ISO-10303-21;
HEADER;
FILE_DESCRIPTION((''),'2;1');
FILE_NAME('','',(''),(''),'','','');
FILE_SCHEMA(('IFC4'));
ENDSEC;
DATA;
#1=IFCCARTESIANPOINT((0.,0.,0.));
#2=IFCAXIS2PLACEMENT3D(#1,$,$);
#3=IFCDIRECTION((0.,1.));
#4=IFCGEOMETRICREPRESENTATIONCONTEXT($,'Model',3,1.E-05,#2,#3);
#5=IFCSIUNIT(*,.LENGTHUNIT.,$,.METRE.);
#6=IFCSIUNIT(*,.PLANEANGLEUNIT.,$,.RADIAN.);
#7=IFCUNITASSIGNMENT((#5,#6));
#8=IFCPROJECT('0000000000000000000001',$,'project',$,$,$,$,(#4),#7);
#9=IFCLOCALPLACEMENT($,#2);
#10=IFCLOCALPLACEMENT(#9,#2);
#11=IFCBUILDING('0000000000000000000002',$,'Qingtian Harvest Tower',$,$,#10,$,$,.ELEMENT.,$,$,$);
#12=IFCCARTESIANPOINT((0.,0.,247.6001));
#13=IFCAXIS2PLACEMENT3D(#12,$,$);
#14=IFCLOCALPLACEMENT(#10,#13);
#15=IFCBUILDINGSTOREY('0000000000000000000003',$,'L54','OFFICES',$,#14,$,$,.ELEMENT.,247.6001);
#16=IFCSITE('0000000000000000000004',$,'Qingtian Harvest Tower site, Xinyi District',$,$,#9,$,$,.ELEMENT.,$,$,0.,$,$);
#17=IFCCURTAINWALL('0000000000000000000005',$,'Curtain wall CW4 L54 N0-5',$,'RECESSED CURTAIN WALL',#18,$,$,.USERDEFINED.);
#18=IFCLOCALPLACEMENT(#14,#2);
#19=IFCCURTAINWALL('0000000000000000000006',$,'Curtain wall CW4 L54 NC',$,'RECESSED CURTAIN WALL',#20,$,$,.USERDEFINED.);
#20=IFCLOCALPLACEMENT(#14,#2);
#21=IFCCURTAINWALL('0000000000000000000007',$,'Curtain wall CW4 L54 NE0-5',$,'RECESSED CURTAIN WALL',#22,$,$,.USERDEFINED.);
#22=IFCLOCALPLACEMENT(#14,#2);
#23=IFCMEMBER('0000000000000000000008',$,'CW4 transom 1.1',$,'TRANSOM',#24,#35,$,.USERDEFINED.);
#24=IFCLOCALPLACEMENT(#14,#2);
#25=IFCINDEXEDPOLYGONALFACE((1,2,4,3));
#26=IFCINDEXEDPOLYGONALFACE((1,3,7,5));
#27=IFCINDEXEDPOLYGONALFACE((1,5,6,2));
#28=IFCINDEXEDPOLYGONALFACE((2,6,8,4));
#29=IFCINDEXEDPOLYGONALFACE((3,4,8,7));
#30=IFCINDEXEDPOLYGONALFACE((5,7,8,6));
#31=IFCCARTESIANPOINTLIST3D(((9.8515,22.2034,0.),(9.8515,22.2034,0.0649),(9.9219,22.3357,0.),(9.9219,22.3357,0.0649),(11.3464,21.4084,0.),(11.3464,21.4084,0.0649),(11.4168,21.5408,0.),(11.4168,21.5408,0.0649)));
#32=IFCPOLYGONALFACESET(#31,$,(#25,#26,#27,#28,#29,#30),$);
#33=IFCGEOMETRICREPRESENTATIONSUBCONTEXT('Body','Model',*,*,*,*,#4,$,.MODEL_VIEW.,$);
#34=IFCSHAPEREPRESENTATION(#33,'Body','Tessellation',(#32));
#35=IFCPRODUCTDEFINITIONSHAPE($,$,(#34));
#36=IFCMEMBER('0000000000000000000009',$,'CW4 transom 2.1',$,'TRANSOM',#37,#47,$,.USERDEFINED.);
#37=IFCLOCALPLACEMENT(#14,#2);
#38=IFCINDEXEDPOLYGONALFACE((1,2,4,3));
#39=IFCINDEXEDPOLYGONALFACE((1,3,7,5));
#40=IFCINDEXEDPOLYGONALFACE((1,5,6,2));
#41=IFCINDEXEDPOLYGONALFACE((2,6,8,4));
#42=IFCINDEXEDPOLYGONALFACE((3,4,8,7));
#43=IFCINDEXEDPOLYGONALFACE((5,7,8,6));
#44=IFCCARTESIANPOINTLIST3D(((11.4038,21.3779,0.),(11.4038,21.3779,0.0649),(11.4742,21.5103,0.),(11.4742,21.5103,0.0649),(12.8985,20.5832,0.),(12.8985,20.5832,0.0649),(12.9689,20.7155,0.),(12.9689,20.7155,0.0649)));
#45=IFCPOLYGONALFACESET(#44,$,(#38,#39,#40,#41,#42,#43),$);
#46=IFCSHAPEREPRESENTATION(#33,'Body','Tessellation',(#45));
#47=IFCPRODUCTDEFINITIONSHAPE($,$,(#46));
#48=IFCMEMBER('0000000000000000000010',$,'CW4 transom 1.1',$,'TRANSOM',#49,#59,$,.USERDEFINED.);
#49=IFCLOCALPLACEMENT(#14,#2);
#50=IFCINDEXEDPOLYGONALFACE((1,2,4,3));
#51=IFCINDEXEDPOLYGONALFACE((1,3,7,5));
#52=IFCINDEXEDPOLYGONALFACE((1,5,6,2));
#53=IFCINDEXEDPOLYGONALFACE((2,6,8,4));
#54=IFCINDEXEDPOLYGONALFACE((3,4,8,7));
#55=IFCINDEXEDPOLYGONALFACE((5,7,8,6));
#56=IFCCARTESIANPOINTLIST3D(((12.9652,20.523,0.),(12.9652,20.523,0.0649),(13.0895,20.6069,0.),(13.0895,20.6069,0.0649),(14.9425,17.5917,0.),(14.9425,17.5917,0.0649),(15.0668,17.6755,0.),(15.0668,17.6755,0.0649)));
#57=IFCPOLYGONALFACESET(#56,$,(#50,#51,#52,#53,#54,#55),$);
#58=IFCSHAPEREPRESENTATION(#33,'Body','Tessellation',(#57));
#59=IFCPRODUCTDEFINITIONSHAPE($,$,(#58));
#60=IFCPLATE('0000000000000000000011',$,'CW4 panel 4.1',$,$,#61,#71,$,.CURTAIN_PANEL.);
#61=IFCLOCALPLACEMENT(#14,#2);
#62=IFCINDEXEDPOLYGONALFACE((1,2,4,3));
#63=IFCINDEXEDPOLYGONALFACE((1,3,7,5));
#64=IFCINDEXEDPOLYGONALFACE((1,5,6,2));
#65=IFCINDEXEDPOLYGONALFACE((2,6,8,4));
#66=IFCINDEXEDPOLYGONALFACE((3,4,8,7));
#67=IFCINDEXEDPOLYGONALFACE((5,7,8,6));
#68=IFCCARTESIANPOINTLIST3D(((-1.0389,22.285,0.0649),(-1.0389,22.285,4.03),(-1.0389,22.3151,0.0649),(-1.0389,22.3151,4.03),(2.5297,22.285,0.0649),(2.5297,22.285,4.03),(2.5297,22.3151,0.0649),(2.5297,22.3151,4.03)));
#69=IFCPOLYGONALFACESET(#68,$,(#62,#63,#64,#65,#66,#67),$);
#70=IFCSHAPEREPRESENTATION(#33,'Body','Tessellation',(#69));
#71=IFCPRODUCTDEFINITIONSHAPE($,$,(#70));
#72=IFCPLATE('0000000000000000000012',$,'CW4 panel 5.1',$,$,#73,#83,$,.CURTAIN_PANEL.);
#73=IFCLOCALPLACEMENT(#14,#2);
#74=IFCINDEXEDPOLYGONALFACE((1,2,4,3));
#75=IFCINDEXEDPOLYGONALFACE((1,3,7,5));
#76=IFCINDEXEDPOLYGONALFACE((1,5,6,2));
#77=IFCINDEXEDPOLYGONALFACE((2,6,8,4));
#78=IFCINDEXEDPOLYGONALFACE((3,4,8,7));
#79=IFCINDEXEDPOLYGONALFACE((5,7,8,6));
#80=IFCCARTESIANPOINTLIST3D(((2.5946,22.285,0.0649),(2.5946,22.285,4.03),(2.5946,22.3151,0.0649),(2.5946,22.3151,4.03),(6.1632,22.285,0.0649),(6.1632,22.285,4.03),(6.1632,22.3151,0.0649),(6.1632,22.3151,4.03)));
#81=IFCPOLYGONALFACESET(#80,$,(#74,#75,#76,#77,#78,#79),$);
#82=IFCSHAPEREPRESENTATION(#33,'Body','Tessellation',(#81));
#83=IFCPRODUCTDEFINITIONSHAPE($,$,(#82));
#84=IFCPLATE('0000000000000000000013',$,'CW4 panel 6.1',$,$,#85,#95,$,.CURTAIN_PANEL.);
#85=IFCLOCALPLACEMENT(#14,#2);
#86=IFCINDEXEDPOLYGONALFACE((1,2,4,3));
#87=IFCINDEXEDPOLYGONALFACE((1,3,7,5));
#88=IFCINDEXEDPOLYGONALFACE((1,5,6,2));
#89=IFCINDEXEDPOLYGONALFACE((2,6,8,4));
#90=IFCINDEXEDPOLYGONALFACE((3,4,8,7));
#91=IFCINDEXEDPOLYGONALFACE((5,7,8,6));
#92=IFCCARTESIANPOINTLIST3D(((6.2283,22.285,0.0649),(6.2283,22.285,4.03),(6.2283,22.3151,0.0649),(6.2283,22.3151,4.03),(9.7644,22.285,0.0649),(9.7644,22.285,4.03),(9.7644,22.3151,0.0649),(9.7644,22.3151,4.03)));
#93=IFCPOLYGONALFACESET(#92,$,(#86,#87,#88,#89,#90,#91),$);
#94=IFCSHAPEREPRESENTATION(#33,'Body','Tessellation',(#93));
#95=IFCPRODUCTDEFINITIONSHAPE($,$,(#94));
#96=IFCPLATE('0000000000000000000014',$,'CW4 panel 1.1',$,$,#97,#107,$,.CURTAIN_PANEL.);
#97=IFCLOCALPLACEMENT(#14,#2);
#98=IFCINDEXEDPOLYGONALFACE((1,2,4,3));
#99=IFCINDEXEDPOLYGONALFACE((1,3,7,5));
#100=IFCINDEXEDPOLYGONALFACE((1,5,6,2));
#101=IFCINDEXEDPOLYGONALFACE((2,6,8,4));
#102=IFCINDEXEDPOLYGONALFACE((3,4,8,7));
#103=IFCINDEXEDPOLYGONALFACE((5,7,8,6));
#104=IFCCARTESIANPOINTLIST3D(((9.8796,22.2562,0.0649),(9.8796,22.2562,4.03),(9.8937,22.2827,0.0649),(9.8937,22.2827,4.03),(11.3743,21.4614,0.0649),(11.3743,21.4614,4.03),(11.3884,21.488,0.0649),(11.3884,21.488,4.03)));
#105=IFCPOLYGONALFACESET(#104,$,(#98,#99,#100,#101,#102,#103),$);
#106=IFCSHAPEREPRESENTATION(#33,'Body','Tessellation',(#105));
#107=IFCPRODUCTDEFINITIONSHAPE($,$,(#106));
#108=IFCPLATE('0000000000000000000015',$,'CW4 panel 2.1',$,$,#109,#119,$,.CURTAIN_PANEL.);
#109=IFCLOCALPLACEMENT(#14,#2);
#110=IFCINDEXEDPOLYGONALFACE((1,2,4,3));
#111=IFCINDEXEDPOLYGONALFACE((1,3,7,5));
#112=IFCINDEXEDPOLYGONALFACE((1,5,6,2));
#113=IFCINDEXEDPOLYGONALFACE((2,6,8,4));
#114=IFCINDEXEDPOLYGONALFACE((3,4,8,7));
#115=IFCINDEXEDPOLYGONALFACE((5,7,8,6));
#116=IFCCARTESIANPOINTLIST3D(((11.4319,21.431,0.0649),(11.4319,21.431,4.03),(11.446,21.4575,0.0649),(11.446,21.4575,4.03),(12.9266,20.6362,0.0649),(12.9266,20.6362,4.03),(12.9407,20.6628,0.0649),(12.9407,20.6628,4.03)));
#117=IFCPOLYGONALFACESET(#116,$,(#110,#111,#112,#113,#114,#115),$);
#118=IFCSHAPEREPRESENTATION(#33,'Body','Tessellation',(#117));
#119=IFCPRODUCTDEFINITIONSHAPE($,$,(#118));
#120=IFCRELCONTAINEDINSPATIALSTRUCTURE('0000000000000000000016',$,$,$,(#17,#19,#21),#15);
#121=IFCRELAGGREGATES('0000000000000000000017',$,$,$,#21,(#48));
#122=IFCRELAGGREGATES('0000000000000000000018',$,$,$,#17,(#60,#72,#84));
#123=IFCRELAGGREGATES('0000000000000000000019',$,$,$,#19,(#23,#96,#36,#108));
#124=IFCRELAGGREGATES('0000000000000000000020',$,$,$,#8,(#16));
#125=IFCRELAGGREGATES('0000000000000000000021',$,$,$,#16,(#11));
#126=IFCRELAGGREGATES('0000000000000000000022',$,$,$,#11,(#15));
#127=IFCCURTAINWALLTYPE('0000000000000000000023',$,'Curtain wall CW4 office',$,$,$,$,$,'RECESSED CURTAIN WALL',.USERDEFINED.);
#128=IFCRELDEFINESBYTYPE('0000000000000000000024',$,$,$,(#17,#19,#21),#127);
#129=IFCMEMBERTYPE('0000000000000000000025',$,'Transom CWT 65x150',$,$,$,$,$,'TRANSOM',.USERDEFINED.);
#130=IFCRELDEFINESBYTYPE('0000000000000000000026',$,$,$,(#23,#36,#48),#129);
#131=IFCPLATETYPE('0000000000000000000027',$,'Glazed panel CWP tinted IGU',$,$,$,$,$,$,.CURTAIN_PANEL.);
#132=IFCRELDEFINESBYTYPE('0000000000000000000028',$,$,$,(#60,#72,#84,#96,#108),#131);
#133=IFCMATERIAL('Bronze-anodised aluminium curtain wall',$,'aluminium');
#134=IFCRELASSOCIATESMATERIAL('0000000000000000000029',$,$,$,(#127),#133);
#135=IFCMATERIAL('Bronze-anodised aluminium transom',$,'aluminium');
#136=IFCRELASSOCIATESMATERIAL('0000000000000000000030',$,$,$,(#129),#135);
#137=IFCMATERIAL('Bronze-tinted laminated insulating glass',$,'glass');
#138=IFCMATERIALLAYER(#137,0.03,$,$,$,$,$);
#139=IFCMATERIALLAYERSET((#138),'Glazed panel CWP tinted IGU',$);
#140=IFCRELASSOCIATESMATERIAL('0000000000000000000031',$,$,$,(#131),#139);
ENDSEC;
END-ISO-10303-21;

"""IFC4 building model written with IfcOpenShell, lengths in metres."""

from ifc_helpers import new_model, si_unit, direction, frame, origin, origin_2d, place, context, subcontext, project, spatial, rectangle, extrude, material, layer, layer_set, material_profile, profile_set, type_object, element, aggregate, save


model = new_model("IFC4")

# Units and contexts
model_context = context("Model", 3, precision=1e-05, world=origin(), true_north=direction((0.0, 1.0)))
body_context = subcontext(model_context, "Body", "Model", "MODEL_VIEW")
ifc_project = project(units=[si_unit("LENGTHUNIT", "METRE"), si_unit("PLANEANGLEUNIT", "RADIAN")], contexts=[model_context])

# Site, building, storey
site_placement = place(None, origin())
site = spatial("IfcSite", under=ifc_project, at=site_placement, Name="Qingtian Harvest Tower site, Xinyi District", CompositionType="ELEMENT", RefElevation=0.0)
building_placement = place(site_placement, origin())
building = spatial("IfcBuilding", under=site, at=building_placement, Name="Qingtian Harvest Tower", CompositionType="ELEMENT")
storey_placement = place(building_placement, frame((0.0, 0.0, 247.6001)))
storey = spatial("IfcBuildingStorey", under=building, at=storey_placement, Name="L54", Description="OFFICES", CompositionType="ELEMENT", Elevation=247.6001)

# Curtain walls
ifc_material_1 = material(Name="Bronze-anodised aluminium curtain wall", Category="aluminium")
curtain_wall_type = type_object("IfcCurtainWallType", Name="Curtain wall CW4 office", ElementType="RECESSED CURTAIN WALL", PredefinedType="USERDEFINED", material=ifc_material_1)
curtain_wall_1_placement = place(storey_placement, origin())
curtain_wall_1 = element("IfcCurtainWall", 1, at=curtain_wall_1_placement, inside=storey, type_object=curtain_wall_type, Name="Curtain wall CW4 L54 N0-5", ObjectType="RECESSED CURTAIN WALL", PredefinedType="USERDEFINED")
curtain_wall_2_placement = place(storey_placement, origin())
curtain_wall_2 = element("IfcCurtainWall", 2, at=curtain_wall_2_placement, inside=storey, type_object=curtain_wall_type, Name="Curtain wall CW4 L54 NC", ObjectType="RECESSED CURTAIN WALL", PredefinedType="USERDEFINED")

# Curtain wall
curtain_wall_3_placement = place(storey_placement, origin())
curtain_wall_3 = element("IfcCurtainWall", 3, at=curtain_wall_3_placement, inside=storey, type_object=curtain_wall_type, Name="Curtain wall CW4 L54 NE0-5", ObjectType="RECESSED CURTAIN WALL", PredefinedType="USERDEFINED")

# Members
ifc_material_2 = material(Name="Bronze-anodised aluminium transom", Category="aluminium")
ifc_material_profile_1 = material_profile(ifc_material_2, rectangle(XDim=0.1499, YDim=0.0649, at=origin_2d()), Name="AL 65x150")
ifc_profile_set_1 = profile_set([ifc_material_profile_1], Name="Bronze-anodised aluminium transom")
member_type_1 = type_object("IfcMemberType", Name="Transom CWT 65x150", ElementType="TRANSOM", PredefinedType="USERDEFINED", material=ifc_profile_set_1)
member_1_placement = place(storey_placement, frame((9.8867, 22.2695, 0.0325), z_axis=(0.882927, -0.46951, 0.0), x_axis=(0.46951, 0.882927, 0.0)))
member_1 = element("IfcMember", 4, at=member_1_placement, type_object=member_type_1, Name="CW4 transom 1.1", ObjectType="TRANSOM", PredefinedType="USERDEFINED", context=body_context, shape_type="SweptSolid", body=[
    extrude(rectangle(XDim=0.1499, YDim=0.0649, at=origin_2d()), origin(), (0.0, 0.0, 1.0), 1.6931),
])
member_2_placement = place(storey_placement, frame((11.439, 21.4441, 0.0325), z_axis=(0.882955, -0.469457, 0.0), x_axis=(0.469457, 0.882955, 0.0)))
member_2 = element("IfcMember", 5, at=member_2_placement, type_object=member_type_1, Name="CW4 transom 2.1", ObjectType="TRANSOM", PredefinedType="USERDEFINED", context=body_context, shape_type="SweptSolid", body=[
    extrude(rectangle(XDim=0.1499, YDim=0.0649, at=origin_2d()), origin(), (0.0, 0.0, 1.0), 1.6929),
])
member_3_placement = place(storey_placement, frame((13.0273, 20.5649, 0.0325), z_axis=(0.559201, -0.829032, 0.0), x_axis=(0.829032, 0.559201, 0.0)))
member_3 = element("IfcMember", 6, at=member_3_placement, type_object=member_type_1, Name="CW4 transom 1.1", ObjectType="TRANSOM", PredefinedType="USERDEFINED", context=body_context, shape_type="SweptSolid", body=[
    extrude(rectangle(XDim=0.1499, YDim=0.0649, at=origin_2d()), origin(), (0.0, 0.0, 1.0), 3.5359),
])
aggregate(curtain_wall_3, [member_3])

# Plates
ifc_material_3 = material(Name="Bronze-tinted laminated insulating glass", Category="glass")
ifc_layer = layer(ifc_material_3, 0.03)
ifc_layer_set = layer_set([ifc_layer], Name="Glazed panel CWP tinted IGU")
plate_type = type_object("IfcPlateType", Name="Glazed panel CWP tinted IGU", PredefinedType="CURTAIN_PANEL", material=ifc_layer_set)
plate_1_placement = place(storey_placement, frame((0.7454, 22.3, 0.0649), z_axis=(0.0, 0.0, 1.0), x_axis=(1.0, 0.0, 0.0)))
plate_1 = element("IfcPlate", 7, at=plate_1_placement, type_object=plate_type, Name="CW4 panel 4.1", PredefinedType="CURTAIN_PANEL", context=body_context, shape_type="SweptSolid", body=[
    extrude(rectangle(XDim=3.5686, YDim=0.03, at=origin_2d()), origin(), (0.0, 0.0, 1.0), 3.9651),
])
plate_2_placement = place(storey_placement, frame((4.3789, 22.3, 0.0649), z_axis=(0.0, 0.0, 1.0), x_axis=(1.0, 0.0, 0.0)))
plate_2 = element("IfcPlate", 8, at=plate_2_placement, type_object=plate_type, Name="CW4 panel 5.1", PredefinedType="CURTAIN_PANEL", context=body_context, shape_type="SweptSolid", body=[
    extrude(rectangle(XDim=3.5686, YDim=0.03, at=origin_2d()), origin(), (0.0, 0.0, 1.0), 3.9651),
])
plate_3_placement = place(storey_placement, frame((7.9963, 22.3, 0.0649), z_axis=(0.0, 0.0, 1.0), x_axis=(1.0, 0.0, 0.0)))
plate_3 = element("IfcPlate", 9, at=plate_3_placement, type_object=plate_type, Name="CW4 panel 6.1", PredefinedType="CURTAIN_PANEL", context=body_context, shape_type="SweptSolid", body=[
    extrude(rectangle(XDim=3.5361, YDim=0.03, at=origin_2d()), origin(), (0.0, 0.0, 1.0), 3.9651),
])
aggregate(curtain_wall_1, [plate_1, plate_2, plate_3])
plate_4_placement = place(storey_placement, frame((10.634, 21.8721, 0.0649), z_axis=(0.0, 0.0, 1.0), x_axis=(0.882948, -0.469472, 0.0)))
plate_4 = element("IfcPlate", 10, at=plate_4_placement, type_object=plate_type, Name="CW4 panel 1.1", PredefinedType="CURTAIN_PANEL", context=body_context, shape_type="SweptSolid", body=[
    extrude(rectangle(XDim=1.6929, YDim=0.03, at=origin_2d()), origin(), (0.0, 0.0, 1.0), 3.9651),
])
plate_5_placement = place(storey_placement, frame((12.1863, 21.0469, 0.0649), z_axis=(0.0, 0.0, 1.0), x_axis=(0.882948, -0.469472, 0.0)))
plate_5 = element("IfcPlate", 11, at=plate_5_placement, type_object=plate_type, Name="CW4 panel 2.1", PredefinedType="CURTAIN_PANEL", context=body_context, shape_type="SweptSolid", body=[
    extrude(rectangle(XDim=1.6929, YDim=0.03, at=origin_2d()), origin(), (0.0, 0.0, 1.0), 3.9651),
])
aggregate(curtain_wall_2, [member_1, plate_4, member_2, plate_5])

save(model, "model.ifc")
